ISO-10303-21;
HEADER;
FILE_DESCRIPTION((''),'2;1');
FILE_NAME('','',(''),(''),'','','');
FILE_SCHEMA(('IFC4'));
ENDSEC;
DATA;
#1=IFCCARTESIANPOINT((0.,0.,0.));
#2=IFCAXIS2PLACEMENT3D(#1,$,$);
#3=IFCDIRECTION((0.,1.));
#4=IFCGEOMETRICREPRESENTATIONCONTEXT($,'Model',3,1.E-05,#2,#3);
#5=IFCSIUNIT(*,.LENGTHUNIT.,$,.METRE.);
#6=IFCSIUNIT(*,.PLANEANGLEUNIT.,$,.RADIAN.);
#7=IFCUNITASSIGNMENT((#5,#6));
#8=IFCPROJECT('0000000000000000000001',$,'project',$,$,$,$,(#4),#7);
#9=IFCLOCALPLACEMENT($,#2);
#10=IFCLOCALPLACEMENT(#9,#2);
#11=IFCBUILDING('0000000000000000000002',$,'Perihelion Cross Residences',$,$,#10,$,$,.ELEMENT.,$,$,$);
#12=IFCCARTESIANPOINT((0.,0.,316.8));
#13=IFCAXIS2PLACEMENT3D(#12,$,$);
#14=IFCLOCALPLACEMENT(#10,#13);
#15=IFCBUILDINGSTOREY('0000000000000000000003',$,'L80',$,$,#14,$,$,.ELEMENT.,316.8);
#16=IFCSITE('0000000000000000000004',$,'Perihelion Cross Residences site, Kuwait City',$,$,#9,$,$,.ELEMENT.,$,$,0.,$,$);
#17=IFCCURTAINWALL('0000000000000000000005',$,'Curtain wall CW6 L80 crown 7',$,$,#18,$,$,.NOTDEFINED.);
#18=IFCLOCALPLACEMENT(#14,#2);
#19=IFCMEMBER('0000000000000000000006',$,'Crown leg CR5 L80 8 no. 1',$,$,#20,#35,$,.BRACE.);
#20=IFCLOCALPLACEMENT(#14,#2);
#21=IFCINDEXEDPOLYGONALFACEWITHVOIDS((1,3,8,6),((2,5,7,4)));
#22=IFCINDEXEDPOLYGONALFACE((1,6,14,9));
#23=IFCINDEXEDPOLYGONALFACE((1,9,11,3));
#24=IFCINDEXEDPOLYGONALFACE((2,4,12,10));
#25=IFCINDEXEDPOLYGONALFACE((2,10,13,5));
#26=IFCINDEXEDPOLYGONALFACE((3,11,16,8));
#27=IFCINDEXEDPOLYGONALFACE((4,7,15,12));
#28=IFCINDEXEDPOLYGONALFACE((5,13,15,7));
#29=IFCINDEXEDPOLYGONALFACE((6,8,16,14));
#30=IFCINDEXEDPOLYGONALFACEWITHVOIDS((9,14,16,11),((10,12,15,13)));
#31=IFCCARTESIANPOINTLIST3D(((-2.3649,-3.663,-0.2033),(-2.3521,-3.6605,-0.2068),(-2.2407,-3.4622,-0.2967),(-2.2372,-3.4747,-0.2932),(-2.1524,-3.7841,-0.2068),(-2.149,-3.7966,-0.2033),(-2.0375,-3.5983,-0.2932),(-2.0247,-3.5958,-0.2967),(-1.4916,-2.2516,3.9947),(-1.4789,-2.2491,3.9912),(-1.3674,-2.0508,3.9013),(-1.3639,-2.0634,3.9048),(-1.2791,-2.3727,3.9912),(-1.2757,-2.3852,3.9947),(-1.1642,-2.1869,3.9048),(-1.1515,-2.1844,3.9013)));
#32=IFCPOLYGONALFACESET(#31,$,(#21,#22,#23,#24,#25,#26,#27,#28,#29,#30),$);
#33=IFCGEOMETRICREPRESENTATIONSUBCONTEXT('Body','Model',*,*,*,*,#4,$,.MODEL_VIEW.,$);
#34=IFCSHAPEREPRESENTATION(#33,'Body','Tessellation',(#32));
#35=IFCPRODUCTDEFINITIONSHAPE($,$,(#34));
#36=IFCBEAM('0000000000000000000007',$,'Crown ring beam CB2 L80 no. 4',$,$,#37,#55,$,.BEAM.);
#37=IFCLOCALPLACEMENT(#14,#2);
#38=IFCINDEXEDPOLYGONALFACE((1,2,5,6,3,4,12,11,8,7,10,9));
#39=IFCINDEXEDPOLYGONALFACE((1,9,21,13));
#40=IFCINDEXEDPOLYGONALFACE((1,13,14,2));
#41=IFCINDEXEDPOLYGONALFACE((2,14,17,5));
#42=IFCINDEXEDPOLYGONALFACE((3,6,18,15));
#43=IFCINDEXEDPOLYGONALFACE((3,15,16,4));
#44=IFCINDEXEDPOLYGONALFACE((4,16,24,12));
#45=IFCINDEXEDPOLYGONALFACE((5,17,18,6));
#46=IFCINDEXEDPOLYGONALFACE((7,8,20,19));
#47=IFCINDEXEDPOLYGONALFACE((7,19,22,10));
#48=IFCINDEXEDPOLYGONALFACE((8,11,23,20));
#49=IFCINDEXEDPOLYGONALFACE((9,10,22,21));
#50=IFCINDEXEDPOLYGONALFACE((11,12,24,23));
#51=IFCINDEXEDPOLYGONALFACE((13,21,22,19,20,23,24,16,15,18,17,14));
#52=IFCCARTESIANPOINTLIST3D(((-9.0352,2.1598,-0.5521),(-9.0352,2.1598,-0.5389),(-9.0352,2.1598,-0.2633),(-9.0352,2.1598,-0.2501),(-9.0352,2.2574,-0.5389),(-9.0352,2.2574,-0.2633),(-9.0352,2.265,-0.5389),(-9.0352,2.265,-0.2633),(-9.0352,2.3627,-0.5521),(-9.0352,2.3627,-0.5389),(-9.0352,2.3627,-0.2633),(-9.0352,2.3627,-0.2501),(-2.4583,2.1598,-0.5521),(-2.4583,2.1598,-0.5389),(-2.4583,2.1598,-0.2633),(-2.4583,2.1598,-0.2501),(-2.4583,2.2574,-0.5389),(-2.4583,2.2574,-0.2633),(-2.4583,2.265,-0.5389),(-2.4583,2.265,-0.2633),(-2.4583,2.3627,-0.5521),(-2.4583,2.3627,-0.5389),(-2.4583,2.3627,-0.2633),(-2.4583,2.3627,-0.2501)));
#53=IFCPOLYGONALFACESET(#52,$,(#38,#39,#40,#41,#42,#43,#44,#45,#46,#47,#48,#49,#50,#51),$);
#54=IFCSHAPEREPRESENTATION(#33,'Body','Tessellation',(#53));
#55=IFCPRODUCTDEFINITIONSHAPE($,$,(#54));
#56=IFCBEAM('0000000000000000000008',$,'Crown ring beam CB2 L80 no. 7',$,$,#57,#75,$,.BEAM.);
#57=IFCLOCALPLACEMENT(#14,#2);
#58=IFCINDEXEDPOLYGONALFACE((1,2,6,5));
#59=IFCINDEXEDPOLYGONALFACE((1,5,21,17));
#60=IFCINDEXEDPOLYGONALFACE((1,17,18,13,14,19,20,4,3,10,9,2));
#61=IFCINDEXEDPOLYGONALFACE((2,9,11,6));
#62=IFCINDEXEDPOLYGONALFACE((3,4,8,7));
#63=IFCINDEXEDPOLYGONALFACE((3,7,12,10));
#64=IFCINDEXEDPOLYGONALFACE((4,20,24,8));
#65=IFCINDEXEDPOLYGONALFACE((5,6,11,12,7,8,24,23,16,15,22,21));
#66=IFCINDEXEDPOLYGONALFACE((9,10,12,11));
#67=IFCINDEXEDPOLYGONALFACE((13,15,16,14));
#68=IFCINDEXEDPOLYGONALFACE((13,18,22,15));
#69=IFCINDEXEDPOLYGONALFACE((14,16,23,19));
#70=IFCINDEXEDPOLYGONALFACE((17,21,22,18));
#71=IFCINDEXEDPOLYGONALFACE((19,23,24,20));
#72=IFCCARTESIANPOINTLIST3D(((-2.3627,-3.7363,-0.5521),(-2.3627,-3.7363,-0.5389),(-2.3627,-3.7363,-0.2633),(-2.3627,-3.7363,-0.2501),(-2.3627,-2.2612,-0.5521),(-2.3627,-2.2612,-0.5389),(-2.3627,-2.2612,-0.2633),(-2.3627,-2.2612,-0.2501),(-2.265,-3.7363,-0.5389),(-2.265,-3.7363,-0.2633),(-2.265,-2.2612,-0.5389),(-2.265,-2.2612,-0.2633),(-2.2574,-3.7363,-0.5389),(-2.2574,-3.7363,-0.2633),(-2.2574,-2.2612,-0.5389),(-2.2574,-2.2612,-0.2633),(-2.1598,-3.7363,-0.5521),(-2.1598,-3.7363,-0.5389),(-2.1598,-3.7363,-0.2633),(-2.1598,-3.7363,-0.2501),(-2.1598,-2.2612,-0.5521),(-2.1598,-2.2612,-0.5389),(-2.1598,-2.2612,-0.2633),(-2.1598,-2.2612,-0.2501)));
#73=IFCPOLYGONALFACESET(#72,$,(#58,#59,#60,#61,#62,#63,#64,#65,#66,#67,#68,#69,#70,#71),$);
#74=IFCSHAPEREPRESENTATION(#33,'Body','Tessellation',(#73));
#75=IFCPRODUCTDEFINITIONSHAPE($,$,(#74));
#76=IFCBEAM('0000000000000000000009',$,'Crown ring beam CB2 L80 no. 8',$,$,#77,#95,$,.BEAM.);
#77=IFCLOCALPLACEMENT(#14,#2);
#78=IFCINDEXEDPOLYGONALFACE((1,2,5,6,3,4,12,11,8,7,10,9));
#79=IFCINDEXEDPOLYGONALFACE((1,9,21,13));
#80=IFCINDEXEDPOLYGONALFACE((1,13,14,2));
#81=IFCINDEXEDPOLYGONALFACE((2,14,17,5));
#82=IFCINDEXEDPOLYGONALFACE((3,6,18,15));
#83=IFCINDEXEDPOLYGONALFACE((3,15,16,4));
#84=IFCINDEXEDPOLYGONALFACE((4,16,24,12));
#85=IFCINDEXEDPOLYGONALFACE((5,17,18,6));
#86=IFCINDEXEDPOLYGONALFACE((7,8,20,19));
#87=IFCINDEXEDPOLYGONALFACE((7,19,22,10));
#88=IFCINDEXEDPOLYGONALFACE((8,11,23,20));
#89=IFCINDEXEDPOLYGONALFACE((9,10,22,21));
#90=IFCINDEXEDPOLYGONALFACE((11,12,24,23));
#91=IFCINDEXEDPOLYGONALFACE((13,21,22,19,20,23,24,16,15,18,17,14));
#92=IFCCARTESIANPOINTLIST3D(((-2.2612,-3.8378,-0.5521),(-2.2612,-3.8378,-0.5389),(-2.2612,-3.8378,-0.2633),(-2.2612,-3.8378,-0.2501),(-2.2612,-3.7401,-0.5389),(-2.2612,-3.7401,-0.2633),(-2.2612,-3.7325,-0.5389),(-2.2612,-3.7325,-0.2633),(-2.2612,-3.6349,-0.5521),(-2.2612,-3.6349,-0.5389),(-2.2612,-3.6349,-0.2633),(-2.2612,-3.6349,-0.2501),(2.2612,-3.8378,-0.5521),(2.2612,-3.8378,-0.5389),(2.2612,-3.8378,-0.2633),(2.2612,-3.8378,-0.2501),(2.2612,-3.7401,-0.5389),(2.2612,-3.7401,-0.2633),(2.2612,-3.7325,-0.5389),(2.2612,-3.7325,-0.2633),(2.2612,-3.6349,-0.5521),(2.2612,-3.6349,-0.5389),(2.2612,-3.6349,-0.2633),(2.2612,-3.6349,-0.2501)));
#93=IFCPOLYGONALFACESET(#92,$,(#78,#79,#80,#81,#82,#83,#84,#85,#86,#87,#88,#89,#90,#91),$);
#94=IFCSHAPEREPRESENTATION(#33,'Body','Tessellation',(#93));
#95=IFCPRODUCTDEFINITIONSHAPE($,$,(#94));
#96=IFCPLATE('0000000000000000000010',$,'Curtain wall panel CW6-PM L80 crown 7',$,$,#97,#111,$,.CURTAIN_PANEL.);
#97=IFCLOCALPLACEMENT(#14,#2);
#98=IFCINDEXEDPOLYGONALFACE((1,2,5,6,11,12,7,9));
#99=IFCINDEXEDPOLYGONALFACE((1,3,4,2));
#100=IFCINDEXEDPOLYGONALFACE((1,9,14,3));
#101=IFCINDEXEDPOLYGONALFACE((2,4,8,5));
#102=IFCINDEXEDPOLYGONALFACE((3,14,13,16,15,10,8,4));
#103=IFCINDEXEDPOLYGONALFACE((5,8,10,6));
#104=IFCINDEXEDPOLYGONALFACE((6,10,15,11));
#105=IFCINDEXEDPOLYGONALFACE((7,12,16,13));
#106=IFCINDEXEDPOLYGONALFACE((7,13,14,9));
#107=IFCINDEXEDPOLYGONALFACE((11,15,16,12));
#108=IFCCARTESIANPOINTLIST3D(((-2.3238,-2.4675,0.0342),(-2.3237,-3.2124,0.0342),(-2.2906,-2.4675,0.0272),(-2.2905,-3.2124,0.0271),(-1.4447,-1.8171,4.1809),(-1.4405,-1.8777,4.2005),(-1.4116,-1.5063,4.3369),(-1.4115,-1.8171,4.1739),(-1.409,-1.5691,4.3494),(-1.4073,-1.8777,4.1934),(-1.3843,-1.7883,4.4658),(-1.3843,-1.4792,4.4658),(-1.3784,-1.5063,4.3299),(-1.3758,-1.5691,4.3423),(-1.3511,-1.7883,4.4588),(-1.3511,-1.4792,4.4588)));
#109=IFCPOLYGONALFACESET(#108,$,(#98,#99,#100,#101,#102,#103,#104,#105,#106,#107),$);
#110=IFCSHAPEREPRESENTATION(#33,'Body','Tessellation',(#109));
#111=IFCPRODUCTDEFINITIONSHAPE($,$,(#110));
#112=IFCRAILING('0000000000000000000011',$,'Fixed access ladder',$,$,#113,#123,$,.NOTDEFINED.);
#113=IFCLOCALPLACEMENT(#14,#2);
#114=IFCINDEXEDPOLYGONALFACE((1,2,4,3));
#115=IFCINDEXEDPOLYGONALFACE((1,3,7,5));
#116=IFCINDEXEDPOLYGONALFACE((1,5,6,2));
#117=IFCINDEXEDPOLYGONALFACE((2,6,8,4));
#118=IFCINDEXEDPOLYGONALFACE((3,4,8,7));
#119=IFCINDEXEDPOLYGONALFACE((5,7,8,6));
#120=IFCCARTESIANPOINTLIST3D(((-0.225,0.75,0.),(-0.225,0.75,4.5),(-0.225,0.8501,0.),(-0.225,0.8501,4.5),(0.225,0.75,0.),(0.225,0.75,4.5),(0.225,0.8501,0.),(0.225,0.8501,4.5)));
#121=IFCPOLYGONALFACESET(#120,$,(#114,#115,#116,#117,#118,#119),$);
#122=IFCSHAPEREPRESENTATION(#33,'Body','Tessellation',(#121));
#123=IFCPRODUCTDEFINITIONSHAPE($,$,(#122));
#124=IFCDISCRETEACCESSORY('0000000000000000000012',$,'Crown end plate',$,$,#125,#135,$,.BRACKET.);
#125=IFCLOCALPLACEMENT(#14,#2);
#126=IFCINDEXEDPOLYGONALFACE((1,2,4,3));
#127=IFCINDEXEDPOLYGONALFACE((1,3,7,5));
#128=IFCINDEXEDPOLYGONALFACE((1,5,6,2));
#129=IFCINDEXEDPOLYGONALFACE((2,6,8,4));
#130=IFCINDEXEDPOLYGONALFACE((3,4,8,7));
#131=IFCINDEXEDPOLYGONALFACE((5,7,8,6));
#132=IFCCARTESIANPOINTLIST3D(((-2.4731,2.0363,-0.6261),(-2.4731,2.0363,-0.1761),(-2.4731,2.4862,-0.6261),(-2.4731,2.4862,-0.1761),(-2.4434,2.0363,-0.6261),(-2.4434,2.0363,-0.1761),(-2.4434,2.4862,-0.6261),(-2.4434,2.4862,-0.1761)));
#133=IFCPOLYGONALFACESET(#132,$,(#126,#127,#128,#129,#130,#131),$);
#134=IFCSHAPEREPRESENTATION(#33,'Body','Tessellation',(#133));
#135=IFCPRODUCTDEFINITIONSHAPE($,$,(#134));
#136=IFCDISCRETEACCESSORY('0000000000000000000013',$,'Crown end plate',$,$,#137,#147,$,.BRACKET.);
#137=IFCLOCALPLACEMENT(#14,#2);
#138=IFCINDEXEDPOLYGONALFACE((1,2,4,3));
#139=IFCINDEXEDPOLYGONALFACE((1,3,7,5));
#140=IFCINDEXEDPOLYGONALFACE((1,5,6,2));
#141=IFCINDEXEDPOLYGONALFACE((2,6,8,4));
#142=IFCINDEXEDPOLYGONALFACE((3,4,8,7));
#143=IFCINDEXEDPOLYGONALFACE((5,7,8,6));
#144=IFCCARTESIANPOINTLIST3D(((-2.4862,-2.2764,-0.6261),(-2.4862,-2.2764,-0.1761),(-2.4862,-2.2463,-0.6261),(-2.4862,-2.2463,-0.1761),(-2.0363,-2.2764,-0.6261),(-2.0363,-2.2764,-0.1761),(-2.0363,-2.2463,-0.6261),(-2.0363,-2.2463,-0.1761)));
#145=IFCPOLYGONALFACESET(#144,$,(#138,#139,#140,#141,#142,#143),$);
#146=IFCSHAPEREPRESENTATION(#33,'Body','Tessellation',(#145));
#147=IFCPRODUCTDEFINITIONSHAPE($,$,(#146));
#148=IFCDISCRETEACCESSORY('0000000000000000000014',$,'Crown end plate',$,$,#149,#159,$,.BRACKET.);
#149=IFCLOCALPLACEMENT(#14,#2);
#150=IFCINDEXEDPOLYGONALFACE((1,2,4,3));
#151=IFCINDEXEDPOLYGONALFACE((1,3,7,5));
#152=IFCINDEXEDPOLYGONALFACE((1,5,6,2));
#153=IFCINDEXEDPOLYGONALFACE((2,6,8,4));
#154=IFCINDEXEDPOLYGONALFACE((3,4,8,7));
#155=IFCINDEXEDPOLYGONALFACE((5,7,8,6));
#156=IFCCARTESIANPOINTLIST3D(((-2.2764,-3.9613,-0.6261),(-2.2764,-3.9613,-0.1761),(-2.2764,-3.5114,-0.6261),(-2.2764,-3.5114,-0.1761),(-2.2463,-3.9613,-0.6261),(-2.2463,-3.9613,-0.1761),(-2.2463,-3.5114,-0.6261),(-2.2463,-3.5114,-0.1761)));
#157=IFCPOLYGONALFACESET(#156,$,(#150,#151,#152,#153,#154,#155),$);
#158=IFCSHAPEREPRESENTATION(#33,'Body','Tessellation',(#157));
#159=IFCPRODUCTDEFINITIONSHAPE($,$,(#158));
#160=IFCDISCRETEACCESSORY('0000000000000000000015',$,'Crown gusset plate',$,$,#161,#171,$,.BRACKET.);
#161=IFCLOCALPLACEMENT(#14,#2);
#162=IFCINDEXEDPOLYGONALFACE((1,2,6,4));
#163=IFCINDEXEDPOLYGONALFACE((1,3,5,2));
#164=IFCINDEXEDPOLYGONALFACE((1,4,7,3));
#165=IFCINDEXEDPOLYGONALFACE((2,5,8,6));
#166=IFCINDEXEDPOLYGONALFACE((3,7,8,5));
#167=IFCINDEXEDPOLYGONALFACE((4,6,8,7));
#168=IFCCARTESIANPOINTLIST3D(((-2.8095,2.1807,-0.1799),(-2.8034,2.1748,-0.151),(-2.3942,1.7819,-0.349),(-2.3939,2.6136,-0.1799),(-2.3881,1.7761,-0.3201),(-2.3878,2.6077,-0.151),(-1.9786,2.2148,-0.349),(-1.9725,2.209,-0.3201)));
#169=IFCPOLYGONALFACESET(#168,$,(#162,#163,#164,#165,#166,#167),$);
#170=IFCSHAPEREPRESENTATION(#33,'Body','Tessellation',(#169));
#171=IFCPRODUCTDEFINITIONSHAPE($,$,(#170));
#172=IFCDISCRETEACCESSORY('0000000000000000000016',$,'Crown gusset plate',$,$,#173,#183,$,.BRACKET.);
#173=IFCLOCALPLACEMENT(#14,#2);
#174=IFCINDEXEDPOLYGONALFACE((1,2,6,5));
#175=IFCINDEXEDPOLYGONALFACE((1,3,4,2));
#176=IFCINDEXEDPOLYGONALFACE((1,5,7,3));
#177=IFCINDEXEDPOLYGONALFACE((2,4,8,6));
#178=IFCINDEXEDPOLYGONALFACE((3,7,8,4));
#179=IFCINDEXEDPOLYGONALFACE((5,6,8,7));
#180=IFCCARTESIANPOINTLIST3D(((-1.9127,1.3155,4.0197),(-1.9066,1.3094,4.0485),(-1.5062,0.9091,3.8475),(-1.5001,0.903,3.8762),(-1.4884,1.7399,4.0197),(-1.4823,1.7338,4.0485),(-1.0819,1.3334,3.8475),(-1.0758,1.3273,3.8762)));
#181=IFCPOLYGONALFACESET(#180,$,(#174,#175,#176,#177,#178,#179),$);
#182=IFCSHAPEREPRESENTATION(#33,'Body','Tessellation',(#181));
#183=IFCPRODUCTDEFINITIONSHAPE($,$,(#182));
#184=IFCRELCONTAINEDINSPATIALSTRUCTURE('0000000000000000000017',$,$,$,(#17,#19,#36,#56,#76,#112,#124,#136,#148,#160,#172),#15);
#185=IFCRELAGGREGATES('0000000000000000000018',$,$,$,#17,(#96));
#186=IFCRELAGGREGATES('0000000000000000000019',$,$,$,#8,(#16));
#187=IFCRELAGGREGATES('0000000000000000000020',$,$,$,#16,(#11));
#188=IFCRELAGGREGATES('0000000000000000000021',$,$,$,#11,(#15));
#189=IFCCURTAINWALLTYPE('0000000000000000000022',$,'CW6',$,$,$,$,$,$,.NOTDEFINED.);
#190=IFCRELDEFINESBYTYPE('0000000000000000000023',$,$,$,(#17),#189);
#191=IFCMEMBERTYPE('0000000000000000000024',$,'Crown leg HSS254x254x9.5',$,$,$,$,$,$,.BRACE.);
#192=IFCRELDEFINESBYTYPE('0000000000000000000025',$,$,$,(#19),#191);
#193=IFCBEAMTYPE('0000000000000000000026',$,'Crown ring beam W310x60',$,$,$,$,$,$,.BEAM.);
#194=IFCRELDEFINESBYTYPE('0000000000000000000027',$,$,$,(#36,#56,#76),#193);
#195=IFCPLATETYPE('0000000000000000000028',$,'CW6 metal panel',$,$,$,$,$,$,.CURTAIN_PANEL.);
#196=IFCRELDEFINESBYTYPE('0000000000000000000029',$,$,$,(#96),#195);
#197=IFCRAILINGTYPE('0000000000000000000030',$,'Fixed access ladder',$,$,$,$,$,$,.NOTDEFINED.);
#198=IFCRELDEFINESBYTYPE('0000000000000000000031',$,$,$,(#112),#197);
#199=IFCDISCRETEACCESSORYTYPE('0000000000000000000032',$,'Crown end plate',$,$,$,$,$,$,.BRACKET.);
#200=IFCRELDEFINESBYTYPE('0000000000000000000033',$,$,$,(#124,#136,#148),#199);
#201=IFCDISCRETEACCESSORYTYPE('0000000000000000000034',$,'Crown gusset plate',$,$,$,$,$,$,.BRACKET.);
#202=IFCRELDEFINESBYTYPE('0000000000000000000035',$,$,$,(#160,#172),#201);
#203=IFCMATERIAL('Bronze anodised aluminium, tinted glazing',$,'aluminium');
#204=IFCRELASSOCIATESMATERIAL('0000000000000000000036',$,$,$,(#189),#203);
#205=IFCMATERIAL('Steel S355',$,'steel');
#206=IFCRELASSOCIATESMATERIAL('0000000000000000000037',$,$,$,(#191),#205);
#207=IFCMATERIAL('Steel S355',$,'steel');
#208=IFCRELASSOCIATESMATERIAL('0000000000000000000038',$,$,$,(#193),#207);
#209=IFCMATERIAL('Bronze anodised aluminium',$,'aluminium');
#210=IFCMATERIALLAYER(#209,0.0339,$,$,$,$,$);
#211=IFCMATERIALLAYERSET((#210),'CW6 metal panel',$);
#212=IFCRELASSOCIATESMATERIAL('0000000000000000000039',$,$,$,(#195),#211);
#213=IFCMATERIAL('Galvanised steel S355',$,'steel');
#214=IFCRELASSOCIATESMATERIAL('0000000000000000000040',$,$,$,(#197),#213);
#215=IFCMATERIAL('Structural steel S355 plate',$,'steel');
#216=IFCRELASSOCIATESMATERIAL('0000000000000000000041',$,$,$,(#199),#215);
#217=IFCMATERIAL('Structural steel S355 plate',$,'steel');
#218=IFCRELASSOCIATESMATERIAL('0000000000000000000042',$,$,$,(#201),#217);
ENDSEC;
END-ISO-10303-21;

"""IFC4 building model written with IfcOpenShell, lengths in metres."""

from ifc_helpers import new_model, si_unit, direction, frame, origin, origin_2d, place, context, subcontext, project, spatial, polyline, rectangle, hollow_rectangle, i_section, outline, extrude, material, layer, layer_set, material_profile, profile_set, type_object, element, aggregate, save


model = new_model("IFC4")

# Units and contexts
model_context = context("Model", 3, precision=1e-05, world=origin(), true_north=direction((0.0, 1.0)))
body_context = subcontext(model_context, "Body", "Model", "MODEL_VIEW")
ifc_project = project(units=[si_unit("LENGTHUNIT", "METRE"), si_unit("PLANEANGLEUNIT", "RADIAN")], contexts=[model_context])

# Site, building, storey
site_placement = place(None, origin())
site = spatial("IfcSite", under=ifc_project, at=site_placement, Name="Perihelion Cross Residences site, Kuwait City", CompositionType="ELEMENT", RefElevation=0.0)
building_placement = place(site_placement, origin())
building = spatial("IfcBuilding", under=site, at=building_placement, Name="Perihelion Cross Residences", CompositionType="ELEMENT")
storey_placement = place(building_placement, frame((0.0, 0.0, 316.8)))
storey = spatial("IfcBuildingStorey", under=building, at=storey_placement, Name="L80", CompositionType="ELEMENT", Elevation=316.8)

# Curtain wall
ifc_material_1 = material(Name="Bronze anodised aluminium, tinted glazing", Category="aluminium")
curtain_wall_type = type_object("IfcCurtainWallType", Name="CW6", PredefinedType="NOTDEFINED", material=ifc_material_1)
curtain_wall_1_placement = place(storey_placement, origin())
curtain_wall_1 = element("IfcCurtainWall", 1, at=curtain_wall_1_placement, inside=storey, type_object=curtain_wall_type, Name="Curtain wall CW6 L80 crown 7", PredefinedType="NOTDEFINED")

# Member
ifc_material_2 = material(Name="Steel S355", Category="steel")
ifc_material_profile_1 = material_profile(ifc_material_2, hollow_rectangle(XDim=0.2539, YDim=0.2539, WallThickness=0.0095, at=origin_2d()), Name="HSS254x254x9.5")
ifc_profile_set_1 = profile_set([ifc_material_profile_1], Name="Steel S355")
member_type_1 = type_object("IfcMemberType", Name="Crown leg HSS254x254x9.5", PredefinedType="BRACE", material=ifc_profile_set_1)
member_1_placement = place(storey_placement, frame((-2.1948, -3.6294, -0.25), z_axis=(0.193455, 0.312654, 0.929958), x_axis=(-0.850378, 0.526172, 0.0)))
element("IfcMember", 2, at=member_1_placement, inside=storey, type_object=member_type_1, Name="Crown leg CR5 L80 8 no. 1", PredefinedType="BRACE", context=body_context, shape_type="SweptSolid", body=[
    extrude(hollow_rectangle(XDim=0.2539, YDim=0.2539, WallThickness=0.0095, at=origin_2d()), origin(), (0.0, 0.0, 1.0), 4.5142),
])

# Beams
ifc_material_3 = material(Name="Steel S355", Category="steel")
ifc_material_profile_2 = material_profile(ifc_material_3, i_section(OverallWidth=0.2029, OverallDepth=0.302, WebThickness=0.0076, FlangeThickness=0.0132, at=origin_2d()), Name="W310x60")
ifc_profile_set_2 = profile_set([ifc_material_profile_2], Name="Steel S355")
beam_type = type_object("IfcBeamType", Name="Crown ring beam W310x60", PredefinedType="BEAM", material=ifc_profile_set_2)
beam_1_placement = place(storey_placement, frame((-2.4583, 2.2612, -0.4011), z_axis=(-1.0, 0.0, 0.0), x_axis=(0.0, -1.0, 0.0)))
element("IfcBeam", 3, at=beam_1_placement, inside=storey, type_object=beam_type, Name="Crown ring beam CB2 L80 no. 4", PredefinedType="BEAM", context=body_context, shape_type="SweptSolid", body=[
    extrude(i_section(OverallWidth=0.2029, OverallDepth=0.302, WebThickness=0.0076, FlangeThickness=0.0132, at=origin_2d()), origin(), (0.0, 0.0, 1.0), 6.5769),
])
beam_2_placement = place(storey_placement, frame((-2.2612, -2.2612, -0.4011), z_axis=(0.0, -1.0, 0.0), x_axis=(1.0, 0.0, 0.0)))
element("IfcBeam", 4, at=beam_2_placement, inside=storey, type_object=beam_type, Name="Crown ring beam CB2 L80 no. 7", PredefinedType="BEAM", context=body_context, shape_type="SweptSolid", body=[
    extrude(i_section(OverallWidth=0.2029, OverallDepth=0.302, WebThickness=0.0076, FlangeThickness=0.0132, at=origin_2d()), origin(), (0.0, 0.0, 1.0), 1.4751),
])
beam_3_placement = place(storey_placement, frame((-2.2612, -3.7363, -0.4011), z_axis=(1.0, 0.0, 0.0), x_axis=(0.0, 1.0, 0.0)))
element("IfcBeam", 5, at=beam_3_placement, inside=storey, type_object=beam_type, Name="Crown ring beam CB2 L80 no. 8", PredefinedType="BEAM", context=body_context, shape_type="SweptSolid", body=[
    extrude(i_section(OverallWidth=0.2029, OverallDepth=0.302, WebThickness=0.0076, FlangeThickness=0.0132, at=origin_2d()), origin(), (0.0, 0.0, 1.0), 4.5225),
])

# Plate
ifc_material_4 = material(Name="Bronze anodised aluminium", Category="aluminium")
ifc_layer_1 = layer(ifc_material_4, 0.0339)
ifc_layer_set_1 = layer_set([ifc_layer_1], Name="CW6 metal panel")
plate_type_1 = type_object("IfcPlateType", Name="CW6 metal panel", PredefinedType="CURTAIN_PANEL", material=ifc_layer_set_1)
plate_1_placement = place(storey_placement, frame((-1.3843, -1.7883, 4.4658), z_axis=(-0.978256, -0.000072, 0.207403), x_axis=(-0.196968, -0.312875, -0.929146)))
plate_1 = element("IfcPlate", 6, at=plate_1_placement, type_object=plate_type_1, Name="Curtain wall panel CW6-PM L80 crown 7", PredefinedType="CURTAIN_PANEL", context=body_context, shape_type="SweptSolid", body=[
    extrude(outline(polyline([(0.0, 0.0), (0.2856, 0.0), (0.2856, -0.0638), (4.7482, -0.0648), (4.5152, -0.7723), (0.0445, -0.2455), (0.0369, -0.3091), (-0.0967, -0.2936), (0.0, 0.0)])), origin(), (0.0, 0.0, -1.0), 0.0339),
])
aggregate(curtain_wall_1, [plate_1])

# Railing
ifc_material_5 = material(Name="Galvanised steel S355", Category="steel")
railing_type = type_object("IfcRailingType", Name="Fixed access ladder", PredefinedType="NOTDEFINED", material=ifc_material_5)
railing_placement = place(storey_placement, frame((0.0, 0.8, 0.0), z_axis=(0.0, 0.0, 1.0), x_axis=(1.0, 0.0, 0.0)))
element("IfcRailing", 7, at=railing_placement, inside=storey, type_object=railing_type, Name="Fixed access ladder", PredefinedType="NOTDEFINED", context=body_context, shape_type="SweptSolid", body=[
    extrude(rectangle(XDim=0.45, YDim=0.1001, at=origin_2d()), origin(), (0.0, 0.0, 1.0), 4.5),
])

# Discrete accessories
ifc_material_6 = material(Name="Structural steel S355 plate", Category="steel")
ifc_material_profile_3 = material_profile(ifc_material_6, rectangle(XDim=0.45, YDim=0.45, at=origin_2d()), Name="Crown end plate")
ifc_profile_set_3 = profile_set([ifc_material_profile_3], Name="Structural steel S355 plate")
discrete_accessory_type_1 = type_object("IfcDiscreteAccessoryType", Name="Crown end plate", PredefinedType="BRACKET", material=ifc_profile_set_3)
discrete_accessory_1_placement = place(storey_placement, frame((-2.4434, 2.2612, -0.4011), z_axis=(-1.0, 0.0, 0.0), x_axis=(0.0, -1.0, 0.0)))
element("IfcDiscreteAccessory", 8, at=discrete_accessory_1_placement, inside=storey, type_object=discrete_accessory_type_1, Name="Crown end plate", PredefinedType="BRACKET", context=body_context, shape_type="SweptSolid", body=[
    extrude(rectangle(XDim=0.45, YDim=0.45, at=origin_2d()), origin(), (0.0, 0.0, 1.0), 0.0298),
])
for number, where, z_axis, x_axis, name in (
    (9, (-2.2612, -2.2463, -0.4011), (0.0, -1.0, 0.0), (1.0, 0.0, 0.0), "Crown end plate"),
    (10, (-2.2764, -3.7363, -0.4011), (1.0, 0.0, 0.0), (0.0, 1.0, 0.0), "Crown end plate"),
):
    element("IfcDiscreteAccessory", number, at=place(storey_placement, frame(where, z_axis=z_axis, x_axis=x_axis)), inside=storey, type_object=discrete_accessory_type_1, Name=name, PredefinedType="BRACKET", context=body_context, shape_type="SweptSolid", body=[
        extrude(rectangle(XDim=0.45, YDim=0.45, at=origin_2d()), origin(), (0.0, 0.0, 1.0), 0.03),
    ])
ifc_material_7 = material(Name="Structural steel S355 plate", Category="steel")
ifc_material_profile_4 = material_profile(ifc_material_7, rectangle(XDim=0.6001, YDim=0.6001, at=origin_2d()), Name="Crown gusset plate")
ifc_profile_set_4 = profile_set([ifc_material_profile_4], Name="Structural steel S355 plate")
discrete_accessory_type_2 = type_object("IfcDiscreteAccessoryType", Name="Crown gusset plate", PredefinedType="BRACKET", material=ifc_profile_set_4)
for number, where, z_axis, x_axis, name in (
    (11, (-2.394, 2.1978, -0.2644), (0.203279, -0.195148, 0.959476), (0.692532, 0.721387, 0.0), "Crown gusset plate"),
    (12, (-1.4973, 1.3245, 3.9336), (0.20295, -0.20295, 0.957926), (0.707107, 0.707107, 0.0), "Crown gusset plate"),
):
    element("IfcDiscreteAccessory", number, at=place(storey_placement, frame(where, z_axis=z_axis, x_axis=x_axis)), inside=storey, type_object=discrete_accessory_type_2, Name=name, PredefinedType="BRACKET", context=body_context, shape_type="SweptSolid", body=[
        extrude(rectangle(XDim=0.6001, YDim=0.6001, at=origin_2d()), origin(), (0.0, 0.0, 1.0), 0.03),
    ])

save(model, "model.ifc")
